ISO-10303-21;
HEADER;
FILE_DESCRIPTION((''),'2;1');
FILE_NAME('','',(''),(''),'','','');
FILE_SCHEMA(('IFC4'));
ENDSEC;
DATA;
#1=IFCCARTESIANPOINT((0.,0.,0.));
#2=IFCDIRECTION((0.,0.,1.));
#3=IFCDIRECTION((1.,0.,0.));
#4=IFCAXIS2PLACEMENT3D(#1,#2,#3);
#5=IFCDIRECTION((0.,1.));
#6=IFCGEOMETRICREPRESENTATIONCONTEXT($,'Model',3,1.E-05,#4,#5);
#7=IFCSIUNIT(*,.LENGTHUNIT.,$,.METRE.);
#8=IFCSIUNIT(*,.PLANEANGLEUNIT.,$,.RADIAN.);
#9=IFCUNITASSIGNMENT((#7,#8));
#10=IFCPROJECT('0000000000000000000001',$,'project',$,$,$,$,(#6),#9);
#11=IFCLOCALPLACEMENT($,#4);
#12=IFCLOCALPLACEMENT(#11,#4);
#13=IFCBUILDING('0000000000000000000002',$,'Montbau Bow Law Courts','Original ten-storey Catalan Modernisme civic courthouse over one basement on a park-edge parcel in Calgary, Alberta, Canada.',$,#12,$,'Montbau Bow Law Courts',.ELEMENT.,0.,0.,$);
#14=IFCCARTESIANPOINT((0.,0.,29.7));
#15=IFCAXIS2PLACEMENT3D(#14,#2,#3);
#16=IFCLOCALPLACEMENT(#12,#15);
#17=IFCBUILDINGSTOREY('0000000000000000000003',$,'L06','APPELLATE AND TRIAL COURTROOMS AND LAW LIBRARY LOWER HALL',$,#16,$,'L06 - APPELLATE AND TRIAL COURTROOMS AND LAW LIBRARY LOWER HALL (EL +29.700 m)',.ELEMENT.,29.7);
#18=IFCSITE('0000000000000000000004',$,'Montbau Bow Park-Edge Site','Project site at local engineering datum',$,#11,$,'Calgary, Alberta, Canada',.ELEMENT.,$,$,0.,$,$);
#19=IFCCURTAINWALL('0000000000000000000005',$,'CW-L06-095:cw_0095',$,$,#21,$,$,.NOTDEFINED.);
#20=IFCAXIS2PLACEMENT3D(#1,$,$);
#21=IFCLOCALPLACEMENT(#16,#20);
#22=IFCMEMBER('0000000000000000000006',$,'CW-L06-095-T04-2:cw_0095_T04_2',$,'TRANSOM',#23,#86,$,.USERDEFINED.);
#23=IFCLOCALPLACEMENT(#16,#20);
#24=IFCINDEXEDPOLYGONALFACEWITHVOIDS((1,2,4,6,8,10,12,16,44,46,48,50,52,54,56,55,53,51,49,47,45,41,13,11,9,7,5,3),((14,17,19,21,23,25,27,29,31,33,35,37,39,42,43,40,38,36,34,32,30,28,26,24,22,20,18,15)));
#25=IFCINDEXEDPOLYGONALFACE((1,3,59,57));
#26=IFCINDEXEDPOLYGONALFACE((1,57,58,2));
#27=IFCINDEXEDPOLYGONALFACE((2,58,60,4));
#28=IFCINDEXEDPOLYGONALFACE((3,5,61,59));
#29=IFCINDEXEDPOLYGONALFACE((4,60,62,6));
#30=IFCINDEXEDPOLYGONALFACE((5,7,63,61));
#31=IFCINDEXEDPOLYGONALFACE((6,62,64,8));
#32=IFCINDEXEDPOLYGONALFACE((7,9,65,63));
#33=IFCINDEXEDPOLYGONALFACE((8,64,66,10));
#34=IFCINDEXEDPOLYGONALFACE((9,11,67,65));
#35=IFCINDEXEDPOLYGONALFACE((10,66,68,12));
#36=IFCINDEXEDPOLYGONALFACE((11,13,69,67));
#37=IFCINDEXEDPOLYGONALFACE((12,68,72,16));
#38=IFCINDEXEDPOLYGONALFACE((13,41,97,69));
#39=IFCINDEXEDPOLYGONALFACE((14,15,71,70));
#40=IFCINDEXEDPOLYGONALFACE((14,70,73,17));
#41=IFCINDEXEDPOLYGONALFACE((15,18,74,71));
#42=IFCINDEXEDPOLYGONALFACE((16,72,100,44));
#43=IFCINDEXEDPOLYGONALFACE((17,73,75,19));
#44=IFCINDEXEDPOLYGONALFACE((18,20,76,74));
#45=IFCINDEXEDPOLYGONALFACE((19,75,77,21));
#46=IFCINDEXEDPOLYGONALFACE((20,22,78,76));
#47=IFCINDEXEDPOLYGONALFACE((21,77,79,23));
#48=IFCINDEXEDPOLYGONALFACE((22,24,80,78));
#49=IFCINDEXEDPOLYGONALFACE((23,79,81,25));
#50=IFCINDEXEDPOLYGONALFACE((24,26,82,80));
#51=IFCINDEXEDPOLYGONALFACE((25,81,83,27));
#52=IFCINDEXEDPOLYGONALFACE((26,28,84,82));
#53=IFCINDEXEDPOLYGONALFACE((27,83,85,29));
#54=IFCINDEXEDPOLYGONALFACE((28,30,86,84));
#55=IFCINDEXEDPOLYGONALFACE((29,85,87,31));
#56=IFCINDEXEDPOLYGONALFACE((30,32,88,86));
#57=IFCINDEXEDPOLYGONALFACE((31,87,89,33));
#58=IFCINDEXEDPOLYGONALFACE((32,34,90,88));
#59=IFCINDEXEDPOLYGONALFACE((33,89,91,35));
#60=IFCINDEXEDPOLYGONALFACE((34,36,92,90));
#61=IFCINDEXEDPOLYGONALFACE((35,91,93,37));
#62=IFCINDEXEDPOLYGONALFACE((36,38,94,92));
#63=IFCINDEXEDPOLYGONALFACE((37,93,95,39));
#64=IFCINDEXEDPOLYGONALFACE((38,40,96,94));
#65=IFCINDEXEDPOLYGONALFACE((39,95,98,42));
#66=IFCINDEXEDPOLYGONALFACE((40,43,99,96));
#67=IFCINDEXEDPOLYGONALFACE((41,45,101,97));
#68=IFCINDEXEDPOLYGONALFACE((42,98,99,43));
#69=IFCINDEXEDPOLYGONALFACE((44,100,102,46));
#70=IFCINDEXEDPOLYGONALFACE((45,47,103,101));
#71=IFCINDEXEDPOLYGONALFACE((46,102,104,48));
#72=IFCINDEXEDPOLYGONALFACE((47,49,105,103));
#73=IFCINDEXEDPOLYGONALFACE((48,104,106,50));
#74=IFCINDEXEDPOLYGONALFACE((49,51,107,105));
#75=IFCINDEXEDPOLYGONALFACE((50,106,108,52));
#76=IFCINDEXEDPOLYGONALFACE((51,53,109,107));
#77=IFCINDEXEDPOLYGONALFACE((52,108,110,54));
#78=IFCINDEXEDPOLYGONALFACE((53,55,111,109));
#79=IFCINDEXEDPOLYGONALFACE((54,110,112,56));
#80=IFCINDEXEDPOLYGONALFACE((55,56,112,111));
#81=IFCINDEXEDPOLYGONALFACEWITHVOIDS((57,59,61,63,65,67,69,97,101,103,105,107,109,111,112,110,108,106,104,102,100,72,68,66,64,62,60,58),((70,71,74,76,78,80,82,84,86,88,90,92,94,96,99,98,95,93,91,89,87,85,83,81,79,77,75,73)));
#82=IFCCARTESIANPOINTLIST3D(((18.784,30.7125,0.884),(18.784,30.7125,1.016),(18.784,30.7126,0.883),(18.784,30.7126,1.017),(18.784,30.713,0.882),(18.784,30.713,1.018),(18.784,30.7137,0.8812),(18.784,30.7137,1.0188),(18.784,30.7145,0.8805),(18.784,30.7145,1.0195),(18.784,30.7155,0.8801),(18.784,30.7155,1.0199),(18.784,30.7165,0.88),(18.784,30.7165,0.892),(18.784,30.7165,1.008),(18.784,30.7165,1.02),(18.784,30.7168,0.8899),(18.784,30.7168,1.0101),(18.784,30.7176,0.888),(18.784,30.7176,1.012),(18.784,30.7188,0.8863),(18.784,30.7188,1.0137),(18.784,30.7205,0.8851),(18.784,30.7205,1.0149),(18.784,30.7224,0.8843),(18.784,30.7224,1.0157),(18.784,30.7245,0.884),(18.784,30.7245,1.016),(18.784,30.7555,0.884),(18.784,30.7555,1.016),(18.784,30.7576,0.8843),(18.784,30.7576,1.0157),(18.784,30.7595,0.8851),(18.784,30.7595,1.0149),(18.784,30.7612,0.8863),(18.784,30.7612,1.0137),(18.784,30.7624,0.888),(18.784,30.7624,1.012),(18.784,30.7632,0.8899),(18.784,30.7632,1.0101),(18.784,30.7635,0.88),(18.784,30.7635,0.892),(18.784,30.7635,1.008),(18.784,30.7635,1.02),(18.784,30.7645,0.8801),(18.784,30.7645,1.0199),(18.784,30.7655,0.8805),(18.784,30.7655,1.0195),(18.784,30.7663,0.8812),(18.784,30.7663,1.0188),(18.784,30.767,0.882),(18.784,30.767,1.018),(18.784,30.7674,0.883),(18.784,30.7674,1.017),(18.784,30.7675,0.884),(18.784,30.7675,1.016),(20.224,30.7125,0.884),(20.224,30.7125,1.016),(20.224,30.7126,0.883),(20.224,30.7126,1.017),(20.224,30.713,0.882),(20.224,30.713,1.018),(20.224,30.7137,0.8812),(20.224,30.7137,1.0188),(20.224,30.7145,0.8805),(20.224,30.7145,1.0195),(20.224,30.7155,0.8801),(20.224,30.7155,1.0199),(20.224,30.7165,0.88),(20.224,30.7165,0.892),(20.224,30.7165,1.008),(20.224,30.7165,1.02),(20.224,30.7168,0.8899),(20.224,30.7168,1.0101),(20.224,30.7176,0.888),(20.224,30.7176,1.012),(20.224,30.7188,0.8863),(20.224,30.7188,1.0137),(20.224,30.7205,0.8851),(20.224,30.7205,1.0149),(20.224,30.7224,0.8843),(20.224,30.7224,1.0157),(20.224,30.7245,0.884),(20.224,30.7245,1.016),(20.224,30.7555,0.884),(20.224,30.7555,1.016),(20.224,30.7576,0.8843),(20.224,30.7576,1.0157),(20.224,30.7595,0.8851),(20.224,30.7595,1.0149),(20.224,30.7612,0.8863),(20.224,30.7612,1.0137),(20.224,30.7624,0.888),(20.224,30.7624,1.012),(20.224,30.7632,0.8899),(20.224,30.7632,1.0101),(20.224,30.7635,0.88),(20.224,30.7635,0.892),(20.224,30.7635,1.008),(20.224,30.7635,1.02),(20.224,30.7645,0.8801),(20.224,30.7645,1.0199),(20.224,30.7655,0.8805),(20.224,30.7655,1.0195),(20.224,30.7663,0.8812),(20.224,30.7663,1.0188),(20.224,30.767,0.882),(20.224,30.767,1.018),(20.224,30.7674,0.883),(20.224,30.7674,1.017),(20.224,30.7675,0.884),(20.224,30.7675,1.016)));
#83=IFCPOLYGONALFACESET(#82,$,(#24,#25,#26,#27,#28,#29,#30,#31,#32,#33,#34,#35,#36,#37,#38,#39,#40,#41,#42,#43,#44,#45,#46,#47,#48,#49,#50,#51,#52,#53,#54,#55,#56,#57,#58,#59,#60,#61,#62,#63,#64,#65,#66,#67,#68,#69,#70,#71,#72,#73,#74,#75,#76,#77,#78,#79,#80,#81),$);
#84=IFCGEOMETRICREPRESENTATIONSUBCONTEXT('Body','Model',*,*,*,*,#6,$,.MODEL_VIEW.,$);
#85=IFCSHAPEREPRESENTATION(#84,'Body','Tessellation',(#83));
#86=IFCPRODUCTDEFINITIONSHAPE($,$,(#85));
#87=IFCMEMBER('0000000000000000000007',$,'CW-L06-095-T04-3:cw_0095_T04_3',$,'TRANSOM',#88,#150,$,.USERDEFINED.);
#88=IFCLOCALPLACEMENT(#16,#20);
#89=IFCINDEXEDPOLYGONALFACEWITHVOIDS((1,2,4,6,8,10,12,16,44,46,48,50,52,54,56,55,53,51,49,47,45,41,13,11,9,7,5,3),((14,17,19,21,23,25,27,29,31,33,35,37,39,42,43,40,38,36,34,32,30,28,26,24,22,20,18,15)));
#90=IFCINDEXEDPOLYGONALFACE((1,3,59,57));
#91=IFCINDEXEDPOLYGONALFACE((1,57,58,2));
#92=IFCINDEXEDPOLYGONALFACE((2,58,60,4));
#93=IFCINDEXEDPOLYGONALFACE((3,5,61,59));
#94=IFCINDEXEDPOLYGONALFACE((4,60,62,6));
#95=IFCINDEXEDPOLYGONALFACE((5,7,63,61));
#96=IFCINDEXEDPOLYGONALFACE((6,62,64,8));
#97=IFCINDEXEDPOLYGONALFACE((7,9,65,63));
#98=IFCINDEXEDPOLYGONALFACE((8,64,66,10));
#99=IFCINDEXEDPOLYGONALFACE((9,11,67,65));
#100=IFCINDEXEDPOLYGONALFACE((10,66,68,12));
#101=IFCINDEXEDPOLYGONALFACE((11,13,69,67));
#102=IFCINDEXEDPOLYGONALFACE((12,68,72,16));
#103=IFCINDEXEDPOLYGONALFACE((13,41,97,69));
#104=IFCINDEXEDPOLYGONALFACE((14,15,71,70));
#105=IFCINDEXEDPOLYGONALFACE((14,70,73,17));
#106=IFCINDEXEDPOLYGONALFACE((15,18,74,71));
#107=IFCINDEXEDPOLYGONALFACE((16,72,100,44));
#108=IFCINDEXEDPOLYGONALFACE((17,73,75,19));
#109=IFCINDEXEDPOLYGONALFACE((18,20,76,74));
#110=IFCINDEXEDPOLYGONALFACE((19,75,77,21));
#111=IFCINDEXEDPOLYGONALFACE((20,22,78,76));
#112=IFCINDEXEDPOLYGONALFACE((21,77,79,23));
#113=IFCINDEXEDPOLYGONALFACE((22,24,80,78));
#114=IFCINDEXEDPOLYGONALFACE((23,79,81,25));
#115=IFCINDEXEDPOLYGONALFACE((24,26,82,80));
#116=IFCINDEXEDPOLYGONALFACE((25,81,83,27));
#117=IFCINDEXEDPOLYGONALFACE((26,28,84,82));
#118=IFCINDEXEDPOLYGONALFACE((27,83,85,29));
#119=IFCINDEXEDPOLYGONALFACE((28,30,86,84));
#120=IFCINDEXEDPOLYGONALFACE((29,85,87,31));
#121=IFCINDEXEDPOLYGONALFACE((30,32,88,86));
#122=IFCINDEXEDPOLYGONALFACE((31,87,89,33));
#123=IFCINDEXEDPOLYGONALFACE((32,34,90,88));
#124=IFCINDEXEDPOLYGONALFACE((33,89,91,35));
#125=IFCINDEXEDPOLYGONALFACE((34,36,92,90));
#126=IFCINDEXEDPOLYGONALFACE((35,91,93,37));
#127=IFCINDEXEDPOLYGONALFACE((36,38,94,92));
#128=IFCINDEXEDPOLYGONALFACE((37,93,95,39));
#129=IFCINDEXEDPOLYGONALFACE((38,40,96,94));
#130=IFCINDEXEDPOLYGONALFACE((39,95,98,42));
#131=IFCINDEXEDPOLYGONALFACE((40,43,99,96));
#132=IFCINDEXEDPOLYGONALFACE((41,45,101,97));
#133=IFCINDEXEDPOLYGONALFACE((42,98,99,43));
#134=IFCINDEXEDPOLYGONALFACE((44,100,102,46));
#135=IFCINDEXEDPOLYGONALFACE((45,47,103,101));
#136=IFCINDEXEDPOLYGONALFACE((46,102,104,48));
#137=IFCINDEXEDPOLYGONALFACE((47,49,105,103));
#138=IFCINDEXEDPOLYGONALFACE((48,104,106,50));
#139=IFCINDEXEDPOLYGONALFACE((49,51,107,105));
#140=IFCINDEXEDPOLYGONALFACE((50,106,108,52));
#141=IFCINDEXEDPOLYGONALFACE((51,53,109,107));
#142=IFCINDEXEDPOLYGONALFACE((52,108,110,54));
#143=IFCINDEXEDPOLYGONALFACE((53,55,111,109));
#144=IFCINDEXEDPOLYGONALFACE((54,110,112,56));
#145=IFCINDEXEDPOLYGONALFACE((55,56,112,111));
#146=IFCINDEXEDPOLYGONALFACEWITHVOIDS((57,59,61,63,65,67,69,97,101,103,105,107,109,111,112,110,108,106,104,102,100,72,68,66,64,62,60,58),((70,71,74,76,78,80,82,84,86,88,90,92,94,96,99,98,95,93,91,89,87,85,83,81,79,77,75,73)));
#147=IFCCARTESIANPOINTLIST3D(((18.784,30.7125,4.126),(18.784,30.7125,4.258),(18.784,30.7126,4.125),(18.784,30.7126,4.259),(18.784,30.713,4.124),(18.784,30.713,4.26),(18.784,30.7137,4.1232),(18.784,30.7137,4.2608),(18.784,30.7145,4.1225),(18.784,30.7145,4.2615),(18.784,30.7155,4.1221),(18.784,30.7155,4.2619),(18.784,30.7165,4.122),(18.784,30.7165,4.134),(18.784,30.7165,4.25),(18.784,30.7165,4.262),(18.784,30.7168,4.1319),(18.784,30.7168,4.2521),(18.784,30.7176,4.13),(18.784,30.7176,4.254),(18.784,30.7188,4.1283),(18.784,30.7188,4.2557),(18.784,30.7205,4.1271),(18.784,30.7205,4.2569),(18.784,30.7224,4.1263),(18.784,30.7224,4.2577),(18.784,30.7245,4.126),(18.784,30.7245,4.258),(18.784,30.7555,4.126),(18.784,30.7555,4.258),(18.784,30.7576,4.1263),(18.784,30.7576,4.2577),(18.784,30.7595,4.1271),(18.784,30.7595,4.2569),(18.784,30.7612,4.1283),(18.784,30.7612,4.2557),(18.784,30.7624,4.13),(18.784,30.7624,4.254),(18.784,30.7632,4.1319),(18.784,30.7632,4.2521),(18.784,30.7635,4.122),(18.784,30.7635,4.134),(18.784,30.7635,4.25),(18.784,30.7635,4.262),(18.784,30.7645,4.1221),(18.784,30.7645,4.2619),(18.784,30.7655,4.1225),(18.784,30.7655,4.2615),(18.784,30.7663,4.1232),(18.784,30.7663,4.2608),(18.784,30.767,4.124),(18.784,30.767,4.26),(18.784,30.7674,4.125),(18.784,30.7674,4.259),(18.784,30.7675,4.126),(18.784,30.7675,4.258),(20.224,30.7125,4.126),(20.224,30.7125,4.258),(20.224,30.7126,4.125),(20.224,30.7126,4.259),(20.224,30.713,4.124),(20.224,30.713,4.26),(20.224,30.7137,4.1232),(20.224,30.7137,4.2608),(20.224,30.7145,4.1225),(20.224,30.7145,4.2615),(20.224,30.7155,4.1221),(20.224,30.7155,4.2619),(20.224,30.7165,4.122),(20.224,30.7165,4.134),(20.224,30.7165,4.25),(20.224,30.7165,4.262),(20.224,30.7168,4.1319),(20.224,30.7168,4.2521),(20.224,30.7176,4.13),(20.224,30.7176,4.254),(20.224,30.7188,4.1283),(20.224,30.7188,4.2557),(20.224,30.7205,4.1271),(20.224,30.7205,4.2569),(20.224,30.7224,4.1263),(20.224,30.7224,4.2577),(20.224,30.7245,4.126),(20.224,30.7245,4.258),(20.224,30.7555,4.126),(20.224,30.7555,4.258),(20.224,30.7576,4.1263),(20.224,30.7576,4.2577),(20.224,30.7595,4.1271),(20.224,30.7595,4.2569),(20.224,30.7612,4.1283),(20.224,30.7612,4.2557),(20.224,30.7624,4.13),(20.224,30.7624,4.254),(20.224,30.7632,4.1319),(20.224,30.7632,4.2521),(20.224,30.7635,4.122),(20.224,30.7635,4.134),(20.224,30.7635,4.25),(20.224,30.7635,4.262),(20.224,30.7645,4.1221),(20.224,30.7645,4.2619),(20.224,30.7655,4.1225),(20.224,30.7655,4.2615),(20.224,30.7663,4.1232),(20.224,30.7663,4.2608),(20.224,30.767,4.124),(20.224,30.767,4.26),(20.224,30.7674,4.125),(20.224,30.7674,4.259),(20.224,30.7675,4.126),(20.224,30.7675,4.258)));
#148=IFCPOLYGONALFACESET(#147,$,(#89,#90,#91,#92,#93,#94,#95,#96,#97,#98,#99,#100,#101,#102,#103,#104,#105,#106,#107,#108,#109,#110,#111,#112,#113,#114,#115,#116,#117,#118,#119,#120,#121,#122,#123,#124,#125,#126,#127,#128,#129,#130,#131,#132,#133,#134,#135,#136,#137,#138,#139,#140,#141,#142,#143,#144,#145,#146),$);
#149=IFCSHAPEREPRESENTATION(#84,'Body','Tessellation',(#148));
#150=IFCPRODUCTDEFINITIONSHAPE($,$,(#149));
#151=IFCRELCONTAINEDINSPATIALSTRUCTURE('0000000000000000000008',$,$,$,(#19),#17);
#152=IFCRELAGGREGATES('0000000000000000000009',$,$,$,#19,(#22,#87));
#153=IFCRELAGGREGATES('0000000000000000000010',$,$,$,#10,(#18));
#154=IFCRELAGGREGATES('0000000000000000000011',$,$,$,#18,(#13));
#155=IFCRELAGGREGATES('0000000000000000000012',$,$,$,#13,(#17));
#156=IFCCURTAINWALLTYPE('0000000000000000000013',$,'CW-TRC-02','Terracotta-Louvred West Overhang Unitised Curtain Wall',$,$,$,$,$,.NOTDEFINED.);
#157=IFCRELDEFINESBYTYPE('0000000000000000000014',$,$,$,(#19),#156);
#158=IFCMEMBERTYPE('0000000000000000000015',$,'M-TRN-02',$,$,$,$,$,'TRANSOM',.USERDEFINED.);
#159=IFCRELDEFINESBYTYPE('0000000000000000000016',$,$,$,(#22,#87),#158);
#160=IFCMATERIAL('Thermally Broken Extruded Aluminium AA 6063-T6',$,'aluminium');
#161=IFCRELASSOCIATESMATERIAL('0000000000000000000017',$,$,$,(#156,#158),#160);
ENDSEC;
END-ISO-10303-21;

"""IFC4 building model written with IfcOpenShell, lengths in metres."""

from ifc_helpers import new_model, si_unit, direction, frame, origin_with_axes, origin_2d_with_axis, place, context, subcontext, project, spatial, hollow_rectangle, extrude, material, material_profile, profile_set, type_object, element, aggregate, save


model = new_model("IFC4")

# Units and contexts
model_context = context("Model", 3, precision=1e-05, world=origin_with_axes(), true_north=direction((0.0, 1.0)))
body_context = subcontext(model_context, "Body", "Model", "MODEL_VIEW")
ifc_project = project(units=[si_unit("LENGTHUNIT", "METRE"), si_unit("PLANEANGLEUNIT", "RADIAN")], contexts=[model_context])

# Site, building, storey
site_placement = place(None, origin_with_axes())
site = spatial("IfcSite", under=ifc_project, at=site_placement, Name="Montbau Bow Park-Edge Site", Description="Project site at local engineering datum", LongName="Calgary, Alberta, Canada", CompositionType="ELEMENT", RefElevation=0.0)
building_placement = place(site_placement, origin_with_axes())
building = spatial("IfcBuilding", under=site, at=building_placement, Name="Montbau Bow Law Courts", Description="Original ten-storey Catalan Modernisme civic courthouse over one basement on a park-edge parcel in Calgary, Alberta, Canada.", LongName="Montbau Bow Law Courts", CompositionType="ELEMENT", ElevationOfRefHeight=0.0, ElevationOfTerrain=0.0)
storey_placement = place(building_placement, frame((0.0, 0.0, 29.7), z_axis=(0.0, 0.0, 1.0), x_axis=(1.0, 0.0, 0.0)))
storey = spatial("IfcBuildingStorey", under=building, at=storey_placement, Name="L06", Description="APPELLATE AND TRIAL COURTROOMS AND LAW LIBRARY LOWER HALL", LongName="L06 - APPELLATE AND TRIAL COURTROOMS AND LAW LIBRARY LOWER HALL (EL +29.700 m)", CompositionType="ELEMENT", Elevation=29.7)

# Curtain wall, members
ifc_material_1 = material(Name="Thermally Broken Extruded Aluminium AA 6063-T6", Category="aluminium")
curtain_wall_type = type_object("IfcCurtainWallType", Name="CW-TRC-02", Description="Terracotta-Louvred West Overhang Unitised Curtain Wall", PredefinedType="NOTDEFINED", material=ifc_material_1)
curtain_wall_1_placement = place(None, frame((14.24, 30.74, 29.7), z_axis=(0.0, 0.0, 1.0), x_axis=(1.0, 0.0, 0.0)))
curtain_wall_1 = element("IfcCurtainWall", 1, at=curtain_wall_1_placement, inside=storey, type_object=curtain_wall_type, Name="CW-L06-095:cw_0095", PredefinedType="NOTDEFINED")
ifc_material_profile_1 = material_profile(ifc_material_1, hollow_rectangle(XDim=0.055, YDim=0.14, WallThickness=0.004, InnerFilletRadius=0.008, OuterFilletRadius=0.004, at=origin_2d_with_axis()), Name="CWT-140X55", Category="Main", Priority=0)
ifc_profile_set_1 = profile_set([ifc_material_profile_1], Name="Thermally Broken Extruded Aluminium AA 6063-T6")
member_type_1 = type_object("IfcMemberType", Name="M-TRN-02", ElementType="TRANSOM", PredefinedType="USERDEFINED", material=ifc_profile_set_1)
member_1_placement = place(None, frame((18.784, 30.74, 30.65), z_axis=(1.0, 0.0, 0.0), x_axis=(0.0, 1.0, 0.0)))
member_1 = element("IfcMember", 2, at=member_1_placement, type_object=member_type_1, Name="CW-L06-095-T04-2:cw_0095_T04_2", ObjectType="TRANSOM", PredefinedType="USERDEFINED", context=body_context, shape_type="SweptSolid", body=[
    extrude(hollow_rectangle(XDim=0.055, YDim=0.14, WallThickness=0.004, InnerFilletRadius=0.008, OuterFilletRadius=0.004, at=origin_2d_with_axis()), origin_with_axes(), (0.0, 0.0, 1.0), 1.44),
])
member_2_placement = place(None, frame((18.784, 30.74, 33.892), z_axis=(1.0, 0.0, 0.0), x_axis=(0.0, 1.0, 0.0)))
member_2 = element("IfcMember", 3, at=member_2_placement, type_object=member_type_1, Name="CW-L06-095-T04-3:cw_0095_T04_3", ObjectType="TRANSOM", PredefinedType="USERDEFINED", context=body_context, shape_type="SweptSolid", body=[
    extrude(hollow_rectangle(XDim=0.055, YDim=0.14, WallThickness=0.004, InnerFilletRadius=0.008, OuterFilletRadius=0.004, at=origin_2d_with_axis()), origin_with_axes(), (0.0, 0.0, 1.0), 1.44),
])

aggregate(curtain_wall_1, [member_1, member_2])

save(model, "model.ifc")
